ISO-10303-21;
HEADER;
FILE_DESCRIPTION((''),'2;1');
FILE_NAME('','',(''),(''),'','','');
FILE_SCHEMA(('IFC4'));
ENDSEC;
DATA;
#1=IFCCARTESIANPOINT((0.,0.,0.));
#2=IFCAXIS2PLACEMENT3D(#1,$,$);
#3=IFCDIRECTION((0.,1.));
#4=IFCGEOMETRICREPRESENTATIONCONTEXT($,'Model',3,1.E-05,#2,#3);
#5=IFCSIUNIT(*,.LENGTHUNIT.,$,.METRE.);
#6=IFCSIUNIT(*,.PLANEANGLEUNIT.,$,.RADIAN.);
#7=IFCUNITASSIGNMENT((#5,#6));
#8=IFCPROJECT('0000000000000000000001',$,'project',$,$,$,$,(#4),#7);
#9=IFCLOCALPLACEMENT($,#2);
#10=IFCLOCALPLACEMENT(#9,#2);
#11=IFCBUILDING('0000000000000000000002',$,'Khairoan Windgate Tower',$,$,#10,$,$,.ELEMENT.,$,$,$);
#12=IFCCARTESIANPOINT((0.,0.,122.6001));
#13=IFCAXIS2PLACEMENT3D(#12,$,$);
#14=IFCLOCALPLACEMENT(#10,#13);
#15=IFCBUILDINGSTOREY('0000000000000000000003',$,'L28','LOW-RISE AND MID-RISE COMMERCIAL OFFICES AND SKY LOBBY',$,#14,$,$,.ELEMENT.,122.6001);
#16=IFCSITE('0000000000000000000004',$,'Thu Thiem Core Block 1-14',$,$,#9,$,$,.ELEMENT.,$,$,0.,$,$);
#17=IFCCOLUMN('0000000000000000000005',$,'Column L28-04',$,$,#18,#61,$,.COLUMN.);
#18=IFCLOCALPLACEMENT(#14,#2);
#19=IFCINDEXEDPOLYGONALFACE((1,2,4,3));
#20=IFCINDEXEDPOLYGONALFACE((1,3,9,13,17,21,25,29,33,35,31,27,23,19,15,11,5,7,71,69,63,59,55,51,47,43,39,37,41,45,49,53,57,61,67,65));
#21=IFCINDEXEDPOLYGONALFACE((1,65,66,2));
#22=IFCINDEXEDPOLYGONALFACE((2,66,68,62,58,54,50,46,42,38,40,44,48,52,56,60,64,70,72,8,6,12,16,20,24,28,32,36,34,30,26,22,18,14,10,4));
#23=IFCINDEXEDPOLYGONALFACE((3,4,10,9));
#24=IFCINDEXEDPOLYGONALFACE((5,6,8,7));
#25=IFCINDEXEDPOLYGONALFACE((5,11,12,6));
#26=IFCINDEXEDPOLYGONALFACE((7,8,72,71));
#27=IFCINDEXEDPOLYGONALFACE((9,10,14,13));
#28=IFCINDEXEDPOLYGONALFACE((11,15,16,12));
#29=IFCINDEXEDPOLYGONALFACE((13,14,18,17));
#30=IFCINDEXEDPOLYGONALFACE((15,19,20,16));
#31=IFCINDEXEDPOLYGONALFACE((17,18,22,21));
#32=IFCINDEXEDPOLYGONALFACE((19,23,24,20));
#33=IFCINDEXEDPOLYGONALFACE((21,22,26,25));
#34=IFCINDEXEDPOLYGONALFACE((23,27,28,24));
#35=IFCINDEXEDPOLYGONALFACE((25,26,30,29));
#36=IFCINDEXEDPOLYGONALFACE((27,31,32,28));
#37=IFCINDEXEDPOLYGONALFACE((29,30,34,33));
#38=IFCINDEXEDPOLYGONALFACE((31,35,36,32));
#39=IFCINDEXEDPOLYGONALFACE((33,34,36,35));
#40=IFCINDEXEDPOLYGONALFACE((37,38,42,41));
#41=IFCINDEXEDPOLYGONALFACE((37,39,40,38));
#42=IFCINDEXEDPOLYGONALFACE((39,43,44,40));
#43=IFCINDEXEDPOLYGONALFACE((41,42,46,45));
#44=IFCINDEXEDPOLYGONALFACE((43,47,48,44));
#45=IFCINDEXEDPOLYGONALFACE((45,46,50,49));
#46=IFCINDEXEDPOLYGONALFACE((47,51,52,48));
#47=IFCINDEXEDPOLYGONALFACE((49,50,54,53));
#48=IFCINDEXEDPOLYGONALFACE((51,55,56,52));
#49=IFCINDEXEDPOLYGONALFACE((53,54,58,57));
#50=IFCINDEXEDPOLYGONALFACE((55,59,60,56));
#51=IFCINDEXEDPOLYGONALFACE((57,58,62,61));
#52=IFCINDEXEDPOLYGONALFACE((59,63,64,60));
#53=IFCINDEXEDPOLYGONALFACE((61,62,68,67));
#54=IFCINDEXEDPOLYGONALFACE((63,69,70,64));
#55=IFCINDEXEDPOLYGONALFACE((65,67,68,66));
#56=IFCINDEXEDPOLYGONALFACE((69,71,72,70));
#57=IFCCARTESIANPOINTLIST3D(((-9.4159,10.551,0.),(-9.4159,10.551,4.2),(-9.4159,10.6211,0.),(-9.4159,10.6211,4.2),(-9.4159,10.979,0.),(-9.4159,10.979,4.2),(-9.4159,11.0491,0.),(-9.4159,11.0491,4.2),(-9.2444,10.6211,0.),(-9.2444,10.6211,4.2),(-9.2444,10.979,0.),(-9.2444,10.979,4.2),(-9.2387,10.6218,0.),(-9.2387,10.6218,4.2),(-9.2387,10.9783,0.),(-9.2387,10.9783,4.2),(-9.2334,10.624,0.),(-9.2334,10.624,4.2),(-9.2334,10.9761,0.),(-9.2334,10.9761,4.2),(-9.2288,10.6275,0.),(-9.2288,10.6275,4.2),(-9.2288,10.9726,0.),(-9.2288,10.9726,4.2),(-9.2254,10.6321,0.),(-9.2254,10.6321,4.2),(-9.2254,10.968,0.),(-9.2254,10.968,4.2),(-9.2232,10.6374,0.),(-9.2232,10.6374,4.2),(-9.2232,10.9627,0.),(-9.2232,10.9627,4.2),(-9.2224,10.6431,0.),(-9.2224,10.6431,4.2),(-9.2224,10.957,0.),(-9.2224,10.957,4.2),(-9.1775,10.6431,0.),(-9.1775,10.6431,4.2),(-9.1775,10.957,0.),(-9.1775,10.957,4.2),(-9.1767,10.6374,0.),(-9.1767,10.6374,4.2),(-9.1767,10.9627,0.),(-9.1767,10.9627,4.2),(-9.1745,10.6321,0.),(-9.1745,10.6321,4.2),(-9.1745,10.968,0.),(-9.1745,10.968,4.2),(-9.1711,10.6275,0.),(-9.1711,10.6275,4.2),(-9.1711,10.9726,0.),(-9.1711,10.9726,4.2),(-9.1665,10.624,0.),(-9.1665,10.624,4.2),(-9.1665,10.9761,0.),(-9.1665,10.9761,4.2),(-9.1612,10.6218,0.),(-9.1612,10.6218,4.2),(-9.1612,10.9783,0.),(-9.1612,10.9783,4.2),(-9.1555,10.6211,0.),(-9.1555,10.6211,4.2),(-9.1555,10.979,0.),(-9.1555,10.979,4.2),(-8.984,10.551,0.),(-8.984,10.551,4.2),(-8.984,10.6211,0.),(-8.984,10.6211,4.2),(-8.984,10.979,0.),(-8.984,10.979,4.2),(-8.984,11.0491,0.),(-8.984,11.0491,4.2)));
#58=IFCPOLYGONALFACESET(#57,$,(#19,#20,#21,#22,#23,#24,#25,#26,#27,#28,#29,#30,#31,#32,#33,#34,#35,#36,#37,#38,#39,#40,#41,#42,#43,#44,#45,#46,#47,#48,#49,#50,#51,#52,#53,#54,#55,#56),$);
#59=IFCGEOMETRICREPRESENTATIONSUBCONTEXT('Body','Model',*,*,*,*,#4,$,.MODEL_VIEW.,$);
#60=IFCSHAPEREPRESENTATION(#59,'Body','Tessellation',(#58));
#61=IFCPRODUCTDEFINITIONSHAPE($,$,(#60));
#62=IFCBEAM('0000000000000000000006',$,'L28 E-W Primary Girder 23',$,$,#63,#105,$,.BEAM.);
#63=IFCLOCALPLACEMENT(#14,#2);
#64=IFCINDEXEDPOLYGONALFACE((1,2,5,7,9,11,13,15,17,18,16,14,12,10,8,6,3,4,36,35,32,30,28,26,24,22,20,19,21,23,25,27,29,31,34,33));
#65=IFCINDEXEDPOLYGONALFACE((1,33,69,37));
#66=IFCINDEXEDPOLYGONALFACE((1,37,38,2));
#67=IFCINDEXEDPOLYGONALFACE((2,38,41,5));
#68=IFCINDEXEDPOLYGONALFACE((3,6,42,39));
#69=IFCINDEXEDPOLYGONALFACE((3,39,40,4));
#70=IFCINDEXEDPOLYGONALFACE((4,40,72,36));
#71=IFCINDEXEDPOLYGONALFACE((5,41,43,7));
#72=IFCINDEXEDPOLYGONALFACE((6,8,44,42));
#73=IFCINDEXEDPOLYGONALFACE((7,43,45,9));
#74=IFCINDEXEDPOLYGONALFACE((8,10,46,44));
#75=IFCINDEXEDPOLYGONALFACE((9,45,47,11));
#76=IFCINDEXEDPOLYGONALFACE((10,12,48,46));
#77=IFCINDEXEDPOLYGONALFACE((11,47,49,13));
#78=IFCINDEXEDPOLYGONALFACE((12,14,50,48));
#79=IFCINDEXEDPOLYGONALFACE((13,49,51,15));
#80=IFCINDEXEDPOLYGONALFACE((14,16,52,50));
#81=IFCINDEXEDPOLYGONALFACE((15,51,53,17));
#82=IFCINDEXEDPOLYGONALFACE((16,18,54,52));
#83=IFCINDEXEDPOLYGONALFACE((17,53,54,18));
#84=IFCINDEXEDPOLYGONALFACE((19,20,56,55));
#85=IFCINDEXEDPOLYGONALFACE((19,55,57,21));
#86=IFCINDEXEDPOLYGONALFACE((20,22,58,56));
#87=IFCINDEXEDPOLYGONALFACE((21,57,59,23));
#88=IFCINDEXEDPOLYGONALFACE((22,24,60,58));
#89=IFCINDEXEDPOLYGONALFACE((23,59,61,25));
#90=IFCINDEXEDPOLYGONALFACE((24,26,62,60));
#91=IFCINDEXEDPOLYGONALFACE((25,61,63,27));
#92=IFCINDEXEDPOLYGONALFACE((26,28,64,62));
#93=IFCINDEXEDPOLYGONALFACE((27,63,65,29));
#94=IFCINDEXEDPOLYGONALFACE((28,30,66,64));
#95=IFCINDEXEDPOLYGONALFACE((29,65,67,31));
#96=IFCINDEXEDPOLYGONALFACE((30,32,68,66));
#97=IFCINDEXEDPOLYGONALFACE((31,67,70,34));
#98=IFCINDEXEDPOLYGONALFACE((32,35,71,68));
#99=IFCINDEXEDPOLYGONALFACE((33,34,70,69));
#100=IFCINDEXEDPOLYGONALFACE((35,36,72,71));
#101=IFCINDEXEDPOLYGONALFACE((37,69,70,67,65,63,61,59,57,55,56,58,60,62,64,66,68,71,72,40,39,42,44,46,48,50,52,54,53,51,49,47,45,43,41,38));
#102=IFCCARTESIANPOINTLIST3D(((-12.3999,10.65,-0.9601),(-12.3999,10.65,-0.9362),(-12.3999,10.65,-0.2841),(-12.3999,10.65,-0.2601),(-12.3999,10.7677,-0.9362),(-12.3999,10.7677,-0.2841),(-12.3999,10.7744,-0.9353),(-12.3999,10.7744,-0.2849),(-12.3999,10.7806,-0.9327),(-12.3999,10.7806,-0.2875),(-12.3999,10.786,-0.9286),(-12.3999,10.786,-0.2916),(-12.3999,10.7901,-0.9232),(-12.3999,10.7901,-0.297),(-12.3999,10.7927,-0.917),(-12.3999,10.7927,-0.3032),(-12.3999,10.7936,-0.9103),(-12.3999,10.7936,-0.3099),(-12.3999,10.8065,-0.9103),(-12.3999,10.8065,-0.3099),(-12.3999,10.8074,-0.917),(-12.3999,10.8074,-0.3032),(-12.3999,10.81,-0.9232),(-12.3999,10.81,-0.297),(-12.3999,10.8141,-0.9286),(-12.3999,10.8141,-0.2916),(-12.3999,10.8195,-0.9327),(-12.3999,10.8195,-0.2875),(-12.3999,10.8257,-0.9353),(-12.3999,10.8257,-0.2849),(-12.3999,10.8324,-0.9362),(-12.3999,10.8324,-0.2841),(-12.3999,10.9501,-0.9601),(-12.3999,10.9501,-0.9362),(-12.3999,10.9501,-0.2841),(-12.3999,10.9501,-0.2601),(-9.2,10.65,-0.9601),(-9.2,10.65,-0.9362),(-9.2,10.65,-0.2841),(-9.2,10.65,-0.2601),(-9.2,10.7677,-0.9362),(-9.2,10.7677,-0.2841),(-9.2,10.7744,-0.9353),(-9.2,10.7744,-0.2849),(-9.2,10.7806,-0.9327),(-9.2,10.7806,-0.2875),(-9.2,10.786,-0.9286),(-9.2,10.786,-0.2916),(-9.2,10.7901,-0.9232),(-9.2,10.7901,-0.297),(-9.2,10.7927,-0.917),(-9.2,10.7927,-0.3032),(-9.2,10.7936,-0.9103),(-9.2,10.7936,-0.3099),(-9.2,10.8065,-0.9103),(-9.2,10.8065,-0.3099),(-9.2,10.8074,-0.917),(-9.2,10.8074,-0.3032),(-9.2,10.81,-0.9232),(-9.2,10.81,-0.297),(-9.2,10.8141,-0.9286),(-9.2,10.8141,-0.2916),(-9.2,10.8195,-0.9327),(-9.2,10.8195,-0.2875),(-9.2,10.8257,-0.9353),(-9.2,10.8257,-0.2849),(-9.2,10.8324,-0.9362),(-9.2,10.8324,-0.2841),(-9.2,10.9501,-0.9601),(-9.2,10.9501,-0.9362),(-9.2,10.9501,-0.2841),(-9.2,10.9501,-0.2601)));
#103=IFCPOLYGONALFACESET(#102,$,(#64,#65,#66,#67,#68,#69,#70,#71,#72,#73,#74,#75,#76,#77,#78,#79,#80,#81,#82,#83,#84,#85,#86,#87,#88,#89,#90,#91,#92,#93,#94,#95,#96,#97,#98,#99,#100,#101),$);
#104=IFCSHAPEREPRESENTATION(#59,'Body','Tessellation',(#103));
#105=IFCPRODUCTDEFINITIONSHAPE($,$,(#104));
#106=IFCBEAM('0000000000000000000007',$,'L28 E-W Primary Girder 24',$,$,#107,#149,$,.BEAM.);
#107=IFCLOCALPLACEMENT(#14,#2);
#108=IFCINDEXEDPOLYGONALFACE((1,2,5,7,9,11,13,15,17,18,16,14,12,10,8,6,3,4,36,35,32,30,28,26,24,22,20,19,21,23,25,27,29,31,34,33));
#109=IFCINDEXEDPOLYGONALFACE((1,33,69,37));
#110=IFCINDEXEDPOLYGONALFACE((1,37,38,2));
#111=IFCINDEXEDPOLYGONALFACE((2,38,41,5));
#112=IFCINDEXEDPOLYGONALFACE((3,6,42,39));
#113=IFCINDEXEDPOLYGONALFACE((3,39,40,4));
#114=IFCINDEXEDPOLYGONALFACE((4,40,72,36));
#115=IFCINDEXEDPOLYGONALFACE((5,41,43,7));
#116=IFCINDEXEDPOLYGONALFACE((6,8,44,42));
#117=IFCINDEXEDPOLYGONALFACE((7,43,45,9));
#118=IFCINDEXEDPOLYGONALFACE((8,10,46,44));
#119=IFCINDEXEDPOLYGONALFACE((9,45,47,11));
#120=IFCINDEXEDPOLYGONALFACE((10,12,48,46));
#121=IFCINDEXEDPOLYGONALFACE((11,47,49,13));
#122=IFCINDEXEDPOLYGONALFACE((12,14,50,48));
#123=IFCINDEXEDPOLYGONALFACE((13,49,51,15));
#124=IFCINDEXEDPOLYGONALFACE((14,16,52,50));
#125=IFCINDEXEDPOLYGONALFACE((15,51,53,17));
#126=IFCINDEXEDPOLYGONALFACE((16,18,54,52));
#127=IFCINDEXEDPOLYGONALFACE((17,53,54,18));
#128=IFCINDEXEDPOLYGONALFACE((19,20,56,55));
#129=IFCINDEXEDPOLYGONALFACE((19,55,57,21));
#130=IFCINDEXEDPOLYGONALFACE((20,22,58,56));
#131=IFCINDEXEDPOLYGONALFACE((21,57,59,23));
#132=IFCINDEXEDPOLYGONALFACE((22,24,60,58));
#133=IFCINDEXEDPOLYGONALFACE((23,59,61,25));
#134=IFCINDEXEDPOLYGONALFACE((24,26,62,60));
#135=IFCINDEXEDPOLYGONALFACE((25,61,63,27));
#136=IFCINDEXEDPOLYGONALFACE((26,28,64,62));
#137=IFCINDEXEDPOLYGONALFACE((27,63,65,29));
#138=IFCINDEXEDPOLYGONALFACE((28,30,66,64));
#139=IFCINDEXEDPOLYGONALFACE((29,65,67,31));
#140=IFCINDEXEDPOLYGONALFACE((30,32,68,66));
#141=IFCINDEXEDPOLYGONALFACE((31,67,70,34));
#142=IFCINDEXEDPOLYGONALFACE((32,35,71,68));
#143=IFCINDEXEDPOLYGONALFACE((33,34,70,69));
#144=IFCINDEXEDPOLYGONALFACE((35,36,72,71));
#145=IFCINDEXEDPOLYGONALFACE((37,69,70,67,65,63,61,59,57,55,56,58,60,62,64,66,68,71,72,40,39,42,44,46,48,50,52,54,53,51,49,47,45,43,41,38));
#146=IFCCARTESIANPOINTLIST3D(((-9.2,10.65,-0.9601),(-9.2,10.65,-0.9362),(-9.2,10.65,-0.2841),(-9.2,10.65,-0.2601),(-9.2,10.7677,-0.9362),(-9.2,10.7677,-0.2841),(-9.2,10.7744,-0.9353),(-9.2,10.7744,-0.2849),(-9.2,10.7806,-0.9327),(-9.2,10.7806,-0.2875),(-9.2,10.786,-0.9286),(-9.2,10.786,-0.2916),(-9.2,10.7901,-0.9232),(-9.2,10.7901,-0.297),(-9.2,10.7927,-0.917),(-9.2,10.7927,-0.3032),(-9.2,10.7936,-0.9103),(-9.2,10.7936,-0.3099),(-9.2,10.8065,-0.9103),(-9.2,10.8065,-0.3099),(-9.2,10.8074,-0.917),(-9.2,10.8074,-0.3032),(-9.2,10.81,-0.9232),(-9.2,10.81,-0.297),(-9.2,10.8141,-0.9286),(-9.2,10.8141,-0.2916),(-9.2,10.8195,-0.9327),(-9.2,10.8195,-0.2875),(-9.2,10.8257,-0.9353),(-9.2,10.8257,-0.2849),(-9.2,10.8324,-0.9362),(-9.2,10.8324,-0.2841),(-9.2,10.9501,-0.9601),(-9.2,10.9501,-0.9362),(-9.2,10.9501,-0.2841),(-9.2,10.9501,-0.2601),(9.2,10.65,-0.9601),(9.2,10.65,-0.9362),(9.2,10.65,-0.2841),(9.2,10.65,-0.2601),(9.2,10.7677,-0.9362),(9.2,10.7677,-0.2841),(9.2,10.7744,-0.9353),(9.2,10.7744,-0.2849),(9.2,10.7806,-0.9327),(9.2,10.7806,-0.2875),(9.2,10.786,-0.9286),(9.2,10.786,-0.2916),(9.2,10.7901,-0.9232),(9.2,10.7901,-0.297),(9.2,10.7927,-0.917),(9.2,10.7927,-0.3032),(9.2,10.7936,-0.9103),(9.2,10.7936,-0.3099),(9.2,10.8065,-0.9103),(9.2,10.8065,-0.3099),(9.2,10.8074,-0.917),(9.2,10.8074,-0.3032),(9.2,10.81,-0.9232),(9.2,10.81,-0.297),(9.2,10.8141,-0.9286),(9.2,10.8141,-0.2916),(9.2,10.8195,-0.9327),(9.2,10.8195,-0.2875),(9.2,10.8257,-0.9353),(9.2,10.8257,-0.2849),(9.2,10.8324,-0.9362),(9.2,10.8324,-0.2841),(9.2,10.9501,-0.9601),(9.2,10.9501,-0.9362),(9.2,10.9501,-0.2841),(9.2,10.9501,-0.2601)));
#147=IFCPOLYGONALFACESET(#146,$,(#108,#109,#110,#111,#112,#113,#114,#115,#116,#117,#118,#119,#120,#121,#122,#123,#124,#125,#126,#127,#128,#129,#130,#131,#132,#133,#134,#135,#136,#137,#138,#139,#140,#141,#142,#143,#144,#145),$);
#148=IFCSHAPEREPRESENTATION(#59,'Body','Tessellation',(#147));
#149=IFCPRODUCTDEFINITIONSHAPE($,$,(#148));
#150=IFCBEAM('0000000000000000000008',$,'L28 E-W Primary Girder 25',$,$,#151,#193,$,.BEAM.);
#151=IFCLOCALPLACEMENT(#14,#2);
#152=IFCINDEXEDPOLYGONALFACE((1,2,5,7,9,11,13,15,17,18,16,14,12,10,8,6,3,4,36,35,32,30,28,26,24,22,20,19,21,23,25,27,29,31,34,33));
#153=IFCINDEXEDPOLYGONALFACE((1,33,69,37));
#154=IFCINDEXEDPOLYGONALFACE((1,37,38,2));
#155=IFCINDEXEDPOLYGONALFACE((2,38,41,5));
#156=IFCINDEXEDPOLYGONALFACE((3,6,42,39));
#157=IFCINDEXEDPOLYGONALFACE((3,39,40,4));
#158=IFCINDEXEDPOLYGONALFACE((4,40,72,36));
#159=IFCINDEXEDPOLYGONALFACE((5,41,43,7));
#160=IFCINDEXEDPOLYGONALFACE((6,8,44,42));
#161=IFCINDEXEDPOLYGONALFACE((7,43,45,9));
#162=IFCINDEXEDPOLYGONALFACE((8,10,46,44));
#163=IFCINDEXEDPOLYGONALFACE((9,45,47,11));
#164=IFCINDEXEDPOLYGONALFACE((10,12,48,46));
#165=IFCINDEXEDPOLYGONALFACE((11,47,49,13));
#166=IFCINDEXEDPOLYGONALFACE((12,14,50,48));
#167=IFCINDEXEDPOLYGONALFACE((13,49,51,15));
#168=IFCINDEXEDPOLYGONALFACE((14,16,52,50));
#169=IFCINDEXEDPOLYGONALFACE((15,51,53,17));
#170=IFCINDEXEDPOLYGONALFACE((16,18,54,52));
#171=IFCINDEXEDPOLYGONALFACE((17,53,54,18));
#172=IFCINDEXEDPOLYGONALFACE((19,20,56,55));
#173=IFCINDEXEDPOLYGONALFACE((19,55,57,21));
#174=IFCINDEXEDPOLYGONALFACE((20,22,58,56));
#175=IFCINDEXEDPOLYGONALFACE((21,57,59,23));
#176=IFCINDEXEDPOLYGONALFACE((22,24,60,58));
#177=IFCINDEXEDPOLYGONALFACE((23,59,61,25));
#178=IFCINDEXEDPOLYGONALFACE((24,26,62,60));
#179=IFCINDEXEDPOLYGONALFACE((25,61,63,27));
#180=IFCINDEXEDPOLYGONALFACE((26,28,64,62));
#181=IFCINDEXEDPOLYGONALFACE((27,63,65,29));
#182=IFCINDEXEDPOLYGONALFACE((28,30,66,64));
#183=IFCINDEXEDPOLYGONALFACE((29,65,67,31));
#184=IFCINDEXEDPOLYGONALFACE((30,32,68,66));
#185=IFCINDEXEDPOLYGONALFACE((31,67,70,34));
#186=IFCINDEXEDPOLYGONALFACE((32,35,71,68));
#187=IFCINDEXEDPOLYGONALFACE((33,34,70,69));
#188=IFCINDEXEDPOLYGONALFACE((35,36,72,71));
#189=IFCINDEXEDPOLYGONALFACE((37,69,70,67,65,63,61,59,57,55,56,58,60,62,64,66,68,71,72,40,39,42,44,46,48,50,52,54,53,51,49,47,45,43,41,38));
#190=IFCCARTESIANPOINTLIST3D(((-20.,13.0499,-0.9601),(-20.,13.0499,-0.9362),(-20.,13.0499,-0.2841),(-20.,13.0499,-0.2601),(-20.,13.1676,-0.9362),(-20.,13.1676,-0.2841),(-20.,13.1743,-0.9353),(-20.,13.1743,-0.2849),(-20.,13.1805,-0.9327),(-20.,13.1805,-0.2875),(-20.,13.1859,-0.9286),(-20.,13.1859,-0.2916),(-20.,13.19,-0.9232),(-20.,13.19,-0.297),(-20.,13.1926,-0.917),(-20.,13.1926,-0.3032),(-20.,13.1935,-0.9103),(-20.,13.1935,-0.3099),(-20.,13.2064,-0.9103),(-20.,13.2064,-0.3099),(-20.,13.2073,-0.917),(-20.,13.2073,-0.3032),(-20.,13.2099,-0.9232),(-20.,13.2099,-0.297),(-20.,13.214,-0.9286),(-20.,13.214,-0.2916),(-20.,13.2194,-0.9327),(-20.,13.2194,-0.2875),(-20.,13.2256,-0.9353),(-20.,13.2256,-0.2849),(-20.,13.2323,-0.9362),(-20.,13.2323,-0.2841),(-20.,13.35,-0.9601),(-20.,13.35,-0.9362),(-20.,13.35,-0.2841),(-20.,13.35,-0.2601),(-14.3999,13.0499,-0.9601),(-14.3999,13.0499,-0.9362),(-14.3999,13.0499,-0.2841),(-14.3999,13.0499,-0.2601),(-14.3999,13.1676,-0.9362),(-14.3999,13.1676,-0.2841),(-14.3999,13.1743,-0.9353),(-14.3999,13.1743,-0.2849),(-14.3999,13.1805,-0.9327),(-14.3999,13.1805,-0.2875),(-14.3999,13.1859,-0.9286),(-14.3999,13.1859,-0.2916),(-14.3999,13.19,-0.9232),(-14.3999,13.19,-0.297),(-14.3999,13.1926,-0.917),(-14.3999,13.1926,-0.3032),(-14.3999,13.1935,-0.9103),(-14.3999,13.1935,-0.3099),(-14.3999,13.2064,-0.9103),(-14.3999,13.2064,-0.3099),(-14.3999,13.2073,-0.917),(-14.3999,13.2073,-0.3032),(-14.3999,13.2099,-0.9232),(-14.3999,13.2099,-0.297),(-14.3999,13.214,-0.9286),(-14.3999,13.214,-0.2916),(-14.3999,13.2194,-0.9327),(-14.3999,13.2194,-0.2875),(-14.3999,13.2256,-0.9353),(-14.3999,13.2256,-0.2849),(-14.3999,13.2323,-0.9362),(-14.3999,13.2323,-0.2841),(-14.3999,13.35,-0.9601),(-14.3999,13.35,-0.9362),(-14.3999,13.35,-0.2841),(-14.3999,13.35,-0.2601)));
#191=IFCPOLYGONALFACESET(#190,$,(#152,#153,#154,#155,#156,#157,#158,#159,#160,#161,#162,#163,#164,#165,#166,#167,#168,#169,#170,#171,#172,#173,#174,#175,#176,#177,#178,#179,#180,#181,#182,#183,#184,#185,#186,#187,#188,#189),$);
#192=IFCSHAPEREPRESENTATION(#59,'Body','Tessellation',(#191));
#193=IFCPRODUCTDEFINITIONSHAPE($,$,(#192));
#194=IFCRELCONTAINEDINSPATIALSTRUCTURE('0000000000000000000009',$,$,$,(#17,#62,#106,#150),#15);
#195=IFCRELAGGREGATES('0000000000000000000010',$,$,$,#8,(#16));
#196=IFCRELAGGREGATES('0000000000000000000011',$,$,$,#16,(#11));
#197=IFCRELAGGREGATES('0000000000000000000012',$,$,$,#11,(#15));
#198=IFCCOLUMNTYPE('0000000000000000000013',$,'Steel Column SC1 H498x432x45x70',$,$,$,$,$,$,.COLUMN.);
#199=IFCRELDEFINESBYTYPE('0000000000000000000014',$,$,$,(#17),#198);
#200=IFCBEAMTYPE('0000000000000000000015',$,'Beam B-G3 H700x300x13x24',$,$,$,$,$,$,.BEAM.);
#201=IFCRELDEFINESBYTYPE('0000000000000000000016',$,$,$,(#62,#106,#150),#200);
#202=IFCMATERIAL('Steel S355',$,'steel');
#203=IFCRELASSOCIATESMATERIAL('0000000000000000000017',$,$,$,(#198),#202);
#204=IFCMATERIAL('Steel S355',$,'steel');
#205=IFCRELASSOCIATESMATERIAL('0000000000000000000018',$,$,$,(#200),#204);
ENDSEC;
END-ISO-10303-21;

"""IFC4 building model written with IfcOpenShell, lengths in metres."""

from ifc_helpers import new_model, si_unit, direction, frame, origin, origin_2d, place, context, subcontext, project, spatial, i_section, extrude, material, material_profile, profile_set, type_object, element, save


model = new_model("IFC4")

# Units and contexts
model_context = context("Model", 3, precision=1e-05, world=origin(), true_north=direction((0.0, 1.0)))
body_context = subcontext(model_context, "Body", "Model", "MODEL_VIEW")
ifc_project = project(units=[si_unit("LENGTHUNIT", "METRE"), si_unit("PLANEANGLEUNIT", "RADIAN")], contexts=[model_context])

# Site, building, storey
site_placement = place(None, origin())
site = spatial("IfcSite", under=ifc_project, at=site_placement, Name="Thu Thiem Core Block 1-14", CompositionType="ELEMENT", RefElevation=0.0)
building_placement = place(site_placement, origin())
building = spatial("IfcBuilding", under=site, at=building_placement, Name="Khairoan Windgate Tower", CompositionType="ELEMENT")
storey_placement = place(building_placement, frame((0.0, 0.0, 122.6001)))
storey = spatial("IfcBuildingStorey", under=building, at=storey_placement, Name="L28", Description="LOW-RISE AND MID-RISE COMMERCIAL OFFICES AND SKY LOBBY", CompositionType="ELEMENT", Elevation=122.6001)

# Column
ifc_material_1 = material(Name="Steel S355", Category="steel")
ifc_material_profile_1 = material_profile(ifc_material_1, i_section(OverallWidth=0.4319, OverallDepth=0.498, WebThickness=0.0449, FlangeThickness=0.0701, FilletRadius=0.022, at=origin_2d()))
ifc_profile_set_1 = profile_set([ifc_material_profile_1], Name="Steel S355")
column_type = type_object("IfcColumnType", Name="Steel Column SC1 H498x432x45x70", PredefinedType="COLUMN", material=ifc_profile_set_1)
column_placement = place(storey_placement, frame((-9.2, 10.8, 0.0), z_axis=(0.0, 0.0, 1.0), x_axis=(1.0, 0.0, 0.0)))
element("IfcColumn", 1, at=column_placement, inside=storey, type_object=column_type, Name="Column L28-04", PredefinedType="COLUMN", context=body_context, shape_type="SweptSolid", body=[
    extrude(i_section(OverallWidth=0.4319, OverallDepth=0.498, WebThickness=0.0449, FlangeThickness=0.0701, FilletRadius=0.022, at=origin_2d()), origin(), (0.0, 0.0, 1.0), 4.2),
])

# Beams
ifc_material_2 = material(Name="Steel S355", Category="steel")
ifc_material_profile_2 = material_profile(ifc_material_2, i_section(OverallWidth=0.3, OverallDepth=0.7, WebThickness=0.0129, FlangeThickness=0.0239, FilletRadius=0.0259, at=origin_2d()))
ifc_profile_set_2 = profile_set([ifc_material_profile_2], Name="Steel S355")
beam_type_1 = type_object("IfcBeamType", Name="Beam B-G3 H700x300x13x24", PredefinedType="BEAM", material=ifc_profile_set_2)
beam_1_placement = place(storey_placement, frame((-12.3999, 10.8, -0.6101), z_axis=(1.0, 0.0, 0.0), x_axis=(0.0, 1.0, 0.0)))
element("IfcBeam", 2, at=beam_1_placement, inside=storey, type_object=beam_type_1, Name="L28 E-W Primary Girder 23", PredefinedType="BEAM", context=body_context, shape_type="SweptSolid", body=[
    extrude(i_section(OverallWidth=0.3, OverallDepth=0.7, WebThickness=0.0129, FlangeThickness=0.0239, FilletRadius=0.0259, at=origin_2d()), origin(), (0.0, 0.0, 1.0), 3.2),
])
beam_2_placement = place(storey_placement, frame((-9.2, 10.8, -0.6101), z_axis=(1.0, 0.0, 0.0), x_axis=(0.0, 1.0, 0.0)))
element("IfcBeam", 3, at=beam_2_placement, inside=storey, type_object=beam_type_1, Name="L28 E-W Primary Girder 24", PredefinedType="BEAM", context=body_context, shape_type="SweptSolid", body=[
    extrude(i_section(OverallWidth=0.3, OverallDepth=0.7, WebThickness=0.0129, FlangeThickness=0.0239, FilletRadius=0.0259, at=origin_2d()), origin(), (0.0, 0.0, 1.0), 18.3999),
])
beam_3_placement = place(storey_placement, frame((-20.0, 13.2, -0.6101), z_axis=(1.0, 0.0, 0.0), x_axis=(0.0, 1.0, 0.0)))
element("IfcBeam", 4, at=beam_3_placement, inside=storey, type_object=beam_type_1, Name="L28 E-W Primary Girder 25", PredefinedType="BEAM", context=body_context, shape_type="SweptSolid", body=[
    extrude(i_section(OverallWidth=0.3, OverallDepth=0.7, WebThickness=0.0129, FlangeThickness=0.0239, FilletRadius=0.0259, at=origin_2d()), origin(), (0.0, 0.0, 1.0), 5.6001),
])

save(model, "model.ifc")
